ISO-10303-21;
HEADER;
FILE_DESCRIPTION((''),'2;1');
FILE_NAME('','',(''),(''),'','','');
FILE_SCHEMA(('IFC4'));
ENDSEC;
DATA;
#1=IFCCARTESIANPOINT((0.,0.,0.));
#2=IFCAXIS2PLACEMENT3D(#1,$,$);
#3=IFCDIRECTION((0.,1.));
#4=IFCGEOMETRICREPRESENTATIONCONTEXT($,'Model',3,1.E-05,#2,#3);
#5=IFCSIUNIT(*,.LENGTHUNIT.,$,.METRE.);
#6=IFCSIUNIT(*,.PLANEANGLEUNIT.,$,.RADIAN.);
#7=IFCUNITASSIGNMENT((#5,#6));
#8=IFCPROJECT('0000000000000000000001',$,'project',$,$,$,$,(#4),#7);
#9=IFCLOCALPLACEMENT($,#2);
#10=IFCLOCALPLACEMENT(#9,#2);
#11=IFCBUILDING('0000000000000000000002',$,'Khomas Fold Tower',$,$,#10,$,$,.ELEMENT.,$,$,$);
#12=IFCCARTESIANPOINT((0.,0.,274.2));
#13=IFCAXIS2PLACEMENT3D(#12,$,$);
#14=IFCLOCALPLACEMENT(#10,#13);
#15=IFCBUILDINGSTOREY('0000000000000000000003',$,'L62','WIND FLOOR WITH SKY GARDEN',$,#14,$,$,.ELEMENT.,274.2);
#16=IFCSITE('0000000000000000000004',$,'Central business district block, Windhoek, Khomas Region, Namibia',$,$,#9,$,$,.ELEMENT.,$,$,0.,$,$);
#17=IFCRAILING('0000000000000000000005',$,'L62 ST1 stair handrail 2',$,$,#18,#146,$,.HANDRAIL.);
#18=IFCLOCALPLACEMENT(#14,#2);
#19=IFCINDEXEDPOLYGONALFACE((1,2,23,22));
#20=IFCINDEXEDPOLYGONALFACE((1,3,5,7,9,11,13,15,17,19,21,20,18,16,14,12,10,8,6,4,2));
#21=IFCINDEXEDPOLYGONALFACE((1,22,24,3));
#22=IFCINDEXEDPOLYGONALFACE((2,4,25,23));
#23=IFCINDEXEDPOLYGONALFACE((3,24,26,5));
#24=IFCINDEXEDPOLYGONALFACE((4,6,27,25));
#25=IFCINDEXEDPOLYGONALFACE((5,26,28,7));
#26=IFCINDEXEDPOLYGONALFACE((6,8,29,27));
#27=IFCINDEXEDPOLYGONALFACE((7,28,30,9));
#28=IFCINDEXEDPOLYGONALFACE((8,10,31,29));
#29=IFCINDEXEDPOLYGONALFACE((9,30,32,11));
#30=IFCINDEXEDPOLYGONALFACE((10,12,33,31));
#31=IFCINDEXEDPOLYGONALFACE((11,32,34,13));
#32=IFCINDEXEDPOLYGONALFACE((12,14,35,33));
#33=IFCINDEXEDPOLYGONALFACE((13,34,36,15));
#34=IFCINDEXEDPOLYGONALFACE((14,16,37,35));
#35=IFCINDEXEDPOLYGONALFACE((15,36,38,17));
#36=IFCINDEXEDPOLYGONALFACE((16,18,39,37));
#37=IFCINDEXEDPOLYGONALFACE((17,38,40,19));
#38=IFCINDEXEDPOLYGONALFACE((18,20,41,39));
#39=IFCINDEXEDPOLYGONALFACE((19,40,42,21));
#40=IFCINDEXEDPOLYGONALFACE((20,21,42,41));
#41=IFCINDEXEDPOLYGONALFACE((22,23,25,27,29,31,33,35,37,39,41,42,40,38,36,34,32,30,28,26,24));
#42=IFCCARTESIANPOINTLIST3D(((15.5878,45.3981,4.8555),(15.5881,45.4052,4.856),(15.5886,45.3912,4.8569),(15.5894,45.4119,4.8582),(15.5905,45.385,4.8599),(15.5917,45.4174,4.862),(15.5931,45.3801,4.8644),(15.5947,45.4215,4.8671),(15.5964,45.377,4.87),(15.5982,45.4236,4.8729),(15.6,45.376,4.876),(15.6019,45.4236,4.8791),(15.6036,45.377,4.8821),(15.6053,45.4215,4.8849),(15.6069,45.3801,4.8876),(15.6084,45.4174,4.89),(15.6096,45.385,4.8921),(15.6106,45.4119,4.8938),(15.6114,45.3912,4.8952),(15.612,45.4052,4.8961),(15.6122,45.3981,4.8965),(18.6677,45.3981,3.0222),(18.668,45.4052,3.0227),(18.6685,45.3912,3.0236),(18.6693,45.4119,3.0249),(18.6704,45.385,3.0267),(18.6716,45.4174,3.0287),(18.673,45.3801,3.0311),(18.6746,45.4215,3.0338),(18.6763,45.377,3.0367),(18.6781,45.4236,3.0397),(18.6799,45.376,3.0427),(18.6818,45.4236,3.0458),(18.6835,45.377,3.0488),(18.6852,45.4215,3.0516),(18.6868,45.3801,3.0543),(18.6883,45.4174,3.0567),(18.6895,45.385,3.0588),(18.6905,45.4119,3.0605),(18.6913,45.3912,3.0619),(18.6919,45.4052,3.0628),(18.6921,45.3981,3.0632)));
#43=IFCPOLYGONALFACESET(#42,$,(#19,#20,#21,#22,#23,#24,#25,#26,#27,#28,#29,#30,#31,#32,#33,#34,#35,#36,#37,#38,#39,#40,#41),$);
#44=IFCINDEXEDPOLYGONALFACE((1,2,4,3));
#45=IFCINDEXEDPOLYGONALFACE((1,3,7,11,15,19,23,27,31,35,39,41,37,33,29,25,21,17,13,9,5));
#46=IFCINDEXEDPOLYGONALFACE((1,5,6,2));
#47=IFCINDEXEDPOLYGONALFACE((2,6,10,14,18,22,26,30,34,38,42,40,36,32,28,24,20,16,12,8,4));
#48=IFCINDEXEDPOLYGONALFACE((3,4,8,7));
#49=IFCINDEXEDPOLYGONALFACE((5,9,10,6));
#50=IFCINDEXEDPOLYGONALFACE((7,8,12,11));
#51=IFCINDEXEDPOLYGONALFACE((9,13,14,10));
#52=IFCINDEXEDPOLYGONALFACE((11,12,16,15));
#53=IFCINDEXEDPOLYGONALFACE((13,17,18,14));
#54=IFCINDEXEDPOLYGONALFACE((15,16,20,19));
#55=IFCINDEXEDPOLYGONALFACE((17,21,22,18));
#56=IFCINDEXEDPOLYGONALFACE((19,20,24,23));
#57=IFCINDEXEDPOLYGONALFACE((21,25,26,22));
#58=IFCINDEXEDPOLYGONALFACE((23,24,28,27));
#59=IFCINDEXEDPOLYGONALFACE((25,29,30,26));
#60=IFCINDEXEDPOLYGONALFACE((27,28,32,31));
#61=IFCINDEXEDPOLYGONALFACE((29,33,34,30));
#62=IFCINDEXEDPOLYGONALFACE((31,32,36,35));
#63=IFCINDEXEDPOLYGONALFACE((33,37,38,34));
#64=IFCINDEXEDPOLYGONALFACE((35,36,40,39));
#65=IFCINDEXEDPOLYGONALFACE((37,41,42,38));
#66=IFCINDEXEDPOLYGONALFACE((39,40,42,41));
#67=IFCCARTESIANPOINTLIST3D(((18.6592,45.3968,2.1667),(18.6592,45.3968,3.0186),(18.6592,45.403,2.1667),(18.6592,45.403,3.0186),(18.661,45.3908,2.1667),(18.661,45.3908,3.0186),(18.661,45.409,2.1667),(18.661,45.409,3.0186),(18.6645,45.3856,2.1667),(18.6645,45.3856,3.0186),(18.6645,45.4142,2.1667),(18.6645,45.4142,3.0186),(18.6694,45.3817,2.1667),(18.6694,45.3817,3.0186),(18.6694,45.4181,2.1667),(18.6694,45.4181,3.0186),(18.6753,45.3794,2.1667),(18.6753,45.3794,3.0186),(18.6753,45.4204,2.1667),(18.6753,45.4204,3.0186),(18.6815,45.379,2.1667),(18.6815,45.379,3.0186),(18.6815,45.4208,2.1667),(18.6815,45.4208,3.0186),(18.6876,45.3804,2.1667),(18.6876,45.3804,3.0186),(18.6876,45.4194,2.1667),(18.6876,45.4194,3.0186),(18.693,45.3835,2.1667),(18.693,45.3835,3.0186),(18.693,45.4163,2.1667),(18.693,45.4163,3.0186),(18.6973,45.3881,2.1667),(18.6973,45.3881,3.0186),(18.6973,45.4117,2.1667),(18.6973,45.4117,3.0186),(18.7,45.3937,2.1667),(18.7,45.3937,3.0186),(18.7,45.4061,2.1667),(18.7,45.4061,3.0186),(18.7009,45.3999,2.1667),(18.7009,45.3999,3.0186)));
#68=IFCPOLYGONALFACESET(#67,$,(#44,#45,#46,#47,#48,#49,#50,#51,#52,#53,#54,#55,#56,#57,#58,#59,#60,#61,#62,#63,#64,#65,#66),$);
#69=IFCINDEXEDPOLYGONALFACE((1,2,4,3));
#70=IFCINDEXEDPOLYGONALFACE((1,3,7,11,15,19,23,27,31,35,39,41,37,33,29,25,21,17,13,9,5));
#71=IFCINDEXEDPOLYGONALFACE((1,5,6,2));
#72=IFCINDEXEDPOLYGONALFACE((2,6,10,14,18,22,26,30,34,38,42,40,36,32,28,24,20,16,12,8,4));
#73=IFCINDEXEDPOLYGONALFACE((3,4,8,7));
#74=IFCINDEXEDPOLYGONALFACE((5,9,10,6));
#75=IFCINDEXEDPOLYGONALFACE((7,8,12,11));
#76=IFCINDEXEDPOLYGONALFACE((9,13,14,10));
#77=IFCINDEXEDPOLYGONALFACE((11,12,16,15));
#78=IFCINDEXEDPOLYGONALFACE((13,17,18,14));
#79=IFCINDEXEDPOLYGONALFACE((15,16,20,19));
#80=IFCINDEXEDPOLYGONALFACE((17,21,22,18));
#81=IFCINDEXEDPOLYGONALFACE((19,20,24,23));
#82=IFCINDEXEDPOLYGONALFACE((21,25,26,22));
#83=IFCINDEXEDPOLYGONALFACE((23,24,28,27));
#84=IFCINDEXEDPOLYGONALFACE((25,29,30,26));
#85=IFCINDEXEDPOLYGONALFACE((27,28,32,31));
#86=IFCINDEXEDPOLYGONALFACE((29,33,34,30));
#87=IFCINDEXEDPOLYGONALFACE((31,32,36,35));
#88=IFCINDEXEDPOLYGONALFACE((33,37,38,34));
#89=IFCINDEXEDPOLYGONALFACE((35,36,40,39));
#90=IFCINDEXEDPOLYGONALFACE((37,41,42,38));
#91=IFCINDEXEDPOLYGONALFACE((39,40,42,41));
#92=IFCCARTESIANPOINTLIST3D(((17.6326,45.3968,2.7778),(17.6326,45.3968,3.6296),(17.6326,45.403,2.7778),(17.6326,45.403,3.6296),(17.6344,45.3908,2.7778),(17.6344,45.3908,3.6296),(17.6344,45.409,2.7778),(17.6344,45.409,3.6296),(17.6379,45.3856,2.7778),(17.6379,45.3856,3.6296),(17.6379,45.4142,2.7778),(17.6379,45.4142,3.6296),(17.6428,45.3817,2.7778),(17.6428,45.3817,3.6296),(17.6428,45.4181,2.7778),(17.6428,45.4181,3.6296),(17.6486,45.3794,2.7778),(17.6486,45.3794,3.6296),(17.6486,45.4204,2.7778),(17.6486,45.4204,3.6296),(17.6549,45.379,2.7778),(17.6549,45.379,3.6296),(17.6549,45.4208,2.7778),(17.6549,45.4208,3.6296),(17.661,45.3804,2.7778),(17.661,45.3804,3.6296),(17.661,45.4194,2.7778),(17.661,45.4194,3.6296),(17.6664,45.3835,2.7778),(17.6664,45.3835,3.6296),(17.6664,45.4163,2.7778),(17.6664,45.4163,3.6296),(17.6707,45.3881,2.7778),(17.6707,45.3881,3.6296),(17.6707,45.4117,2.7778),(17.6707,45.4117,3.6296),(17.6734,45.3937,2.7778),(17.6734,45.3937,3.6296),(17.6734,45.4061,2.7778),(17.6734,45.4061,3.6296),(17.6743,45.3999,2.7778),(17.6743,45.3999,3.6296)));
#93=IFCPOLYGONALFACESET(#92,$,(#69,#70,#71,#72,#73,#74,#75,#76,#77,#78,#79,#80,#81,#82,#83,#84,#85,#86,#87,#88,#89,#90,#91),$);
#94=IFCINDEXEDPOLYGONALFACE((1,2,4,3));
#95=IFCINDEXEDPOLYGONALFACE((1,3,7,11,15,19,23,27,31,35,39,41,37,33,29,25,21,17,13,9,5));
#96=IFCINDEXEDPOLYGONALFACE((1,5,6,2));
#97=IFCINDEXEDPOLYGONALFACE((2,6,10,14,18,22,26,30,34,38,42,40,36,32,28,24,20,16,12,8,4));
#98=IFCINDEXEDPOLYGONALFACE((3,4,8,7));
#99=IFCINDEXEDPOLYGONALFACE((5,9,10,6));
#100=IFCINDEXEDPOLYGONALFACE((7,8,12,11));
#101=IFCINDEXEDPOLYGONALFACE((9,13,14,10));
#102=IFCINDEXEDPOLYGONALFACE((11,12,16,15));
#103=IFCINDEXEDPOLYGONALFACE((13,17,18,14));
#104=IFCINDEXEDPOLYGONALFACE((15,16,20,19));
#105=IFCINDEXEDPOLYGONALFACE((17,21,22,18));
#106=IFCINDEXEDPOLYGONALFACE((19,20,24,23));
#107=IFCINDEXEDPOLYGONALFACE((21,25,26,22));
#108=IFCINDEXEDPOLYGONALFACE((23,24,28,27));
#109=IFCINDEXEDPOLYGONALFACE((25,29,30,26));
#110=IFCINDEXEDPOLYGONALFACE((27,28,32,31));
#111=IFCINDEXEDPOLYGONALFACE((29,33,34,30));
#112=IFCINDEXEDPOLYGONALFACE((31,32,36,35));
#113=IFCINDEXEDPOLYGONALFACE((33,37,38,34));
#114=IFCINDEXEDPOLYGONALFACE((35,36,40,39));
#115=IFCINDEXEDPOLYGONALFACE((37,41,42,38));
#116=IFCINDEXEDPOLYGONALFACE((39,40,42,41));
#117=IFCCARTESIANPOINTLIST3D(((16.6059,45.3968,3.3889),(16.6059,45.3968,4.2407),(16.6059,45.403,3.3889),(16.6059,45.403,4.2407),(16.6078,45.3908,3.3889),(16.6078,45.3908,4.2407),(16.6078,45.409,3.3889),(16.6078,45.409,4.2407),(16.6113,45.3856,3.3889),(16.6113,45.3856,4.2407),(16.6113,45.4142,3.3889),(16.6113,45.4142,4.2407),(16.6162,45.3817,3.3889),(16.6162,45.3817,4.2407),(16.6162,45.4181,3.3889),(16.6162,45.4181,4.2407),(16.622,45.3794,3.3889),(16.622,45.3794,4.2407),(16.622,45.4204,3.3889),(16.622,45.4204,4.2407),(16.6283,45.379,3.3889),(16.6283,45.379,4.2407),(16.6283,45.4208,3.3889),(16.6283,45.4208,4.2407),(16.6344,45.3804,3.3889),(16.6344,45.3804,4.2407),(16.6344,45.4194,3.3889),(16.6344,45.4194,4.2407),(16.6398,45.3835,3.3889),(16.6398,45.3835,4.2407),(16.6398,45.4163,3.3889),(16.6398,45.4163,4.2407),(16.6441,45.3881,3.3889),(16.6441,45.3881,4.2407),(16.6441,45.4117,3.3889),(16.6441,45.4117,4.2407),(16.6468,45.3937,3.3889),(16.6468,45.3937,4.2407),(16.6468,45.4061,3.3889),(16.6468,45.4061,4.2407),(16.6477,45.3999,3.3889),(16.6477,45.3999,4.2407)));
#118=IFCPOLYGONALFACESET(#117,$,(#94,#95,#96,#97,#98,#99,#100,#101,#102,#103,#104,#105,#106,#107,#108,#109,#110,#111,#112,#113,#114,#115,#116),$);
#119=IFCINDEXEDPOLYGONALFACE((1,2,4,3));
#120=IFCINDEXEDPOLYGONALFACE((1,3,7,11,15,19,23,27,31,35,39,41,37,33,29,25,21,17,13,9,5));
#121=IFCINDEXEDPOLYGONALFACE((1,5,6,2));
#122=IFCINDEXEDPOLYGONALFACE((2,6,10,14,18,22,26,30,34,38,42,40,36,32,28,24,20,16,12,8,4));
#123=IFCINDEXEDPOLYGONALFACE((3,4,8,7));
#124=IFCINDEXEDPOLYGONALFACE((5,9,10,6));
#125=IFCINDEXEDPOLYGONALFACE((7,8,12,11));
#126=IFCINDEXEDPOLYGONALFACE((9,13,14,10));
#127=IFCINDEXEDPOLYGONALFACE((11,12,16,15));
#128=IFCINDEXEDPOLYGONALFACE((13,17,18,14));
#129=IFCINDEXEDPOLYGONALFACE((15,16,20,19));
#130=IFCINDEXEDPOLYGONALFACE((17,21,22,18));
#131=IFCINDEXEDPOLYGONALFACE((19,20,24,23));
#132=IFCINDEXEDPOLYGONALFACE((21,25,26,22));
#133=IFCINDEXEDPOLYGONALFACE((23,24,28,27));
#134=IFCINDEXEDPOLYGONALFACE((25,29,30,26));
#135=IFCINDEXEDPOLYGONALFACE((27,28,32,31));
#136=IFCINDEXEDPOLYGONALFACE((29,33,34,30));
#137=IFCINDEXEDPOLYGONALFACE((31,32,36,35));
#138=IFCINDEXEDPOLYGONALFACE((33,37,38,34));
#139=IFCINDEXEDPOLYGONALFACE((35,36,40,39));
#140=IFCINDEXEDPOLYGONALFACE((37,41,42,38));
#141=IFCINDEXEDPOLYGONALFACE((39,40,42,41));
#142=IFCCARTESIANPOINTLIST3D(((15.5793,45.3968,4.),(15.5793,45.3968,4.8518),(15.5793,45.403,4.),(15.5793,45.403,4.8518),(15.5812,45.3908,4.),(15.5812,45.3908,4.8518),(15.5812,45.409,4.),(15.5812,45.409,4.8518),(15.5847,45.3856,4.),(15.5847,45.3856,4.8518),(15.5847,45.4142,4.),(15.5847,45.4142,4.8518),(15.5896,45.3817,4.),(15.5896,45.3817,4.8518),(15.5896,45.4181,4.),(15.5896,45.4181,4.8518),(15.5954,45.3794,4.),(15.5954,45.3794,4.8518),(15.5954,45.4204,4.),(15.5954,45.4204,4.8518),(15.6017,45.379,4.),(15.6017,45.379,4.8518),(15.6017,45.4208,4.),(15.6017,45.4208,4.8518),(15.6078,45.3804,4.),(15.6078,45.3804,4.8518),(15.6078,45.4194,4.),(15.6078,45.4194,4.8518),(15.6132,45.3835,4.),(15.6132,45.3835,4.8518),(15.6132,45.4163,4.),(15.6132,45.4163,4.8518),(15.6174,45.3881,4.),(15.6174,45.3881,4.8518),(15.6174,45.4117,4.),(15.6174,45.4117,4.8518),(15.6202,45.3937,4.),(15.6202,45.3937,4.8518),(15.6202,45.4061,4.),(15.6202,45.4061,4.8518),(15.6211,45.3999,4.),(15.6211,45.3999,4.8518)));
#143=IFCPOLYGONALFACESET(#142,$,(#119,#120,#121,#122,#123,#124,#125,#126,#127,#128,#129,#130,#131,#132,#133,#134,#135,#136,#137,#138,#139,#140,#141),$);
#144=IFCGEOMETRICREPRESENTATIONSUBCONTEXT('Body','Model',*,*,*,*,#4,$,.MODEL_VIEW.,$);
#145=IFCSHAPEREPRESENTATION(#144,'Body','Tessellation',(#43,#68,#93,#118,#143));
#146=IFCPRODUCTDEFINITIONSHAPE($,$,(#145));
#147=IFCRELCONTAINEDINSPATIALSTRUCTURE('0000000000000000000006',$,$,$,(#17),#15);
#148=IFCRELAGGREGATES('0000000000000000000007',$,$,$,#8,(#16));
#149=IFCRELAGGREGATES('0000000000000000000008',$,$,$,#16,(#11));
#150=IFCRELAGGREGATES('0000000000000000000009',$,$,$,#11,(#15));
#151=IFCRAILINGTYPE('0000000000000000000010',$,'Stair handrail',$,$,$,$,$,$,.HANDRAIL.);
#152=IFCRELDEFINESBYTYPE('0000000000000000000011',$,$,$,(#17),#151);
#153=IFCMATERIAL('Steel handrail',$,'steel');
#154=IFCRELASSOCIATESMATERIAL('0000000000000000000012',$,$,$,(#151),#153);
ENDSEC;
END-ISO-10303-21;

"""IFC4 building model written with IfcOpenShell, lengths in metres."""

from ifc_helpers import new_model, si_unit, direction, frame, origin, origin_2d, place, context, subcontext, project, spatial, circle, extrude, source, transform, mapped, material, type_object, element, save


model = new_model("IFC4")

# Units and contexts
model_context = context("Model", 3, precision=1e-05, world=origin(), true_north=direction((0.0, 1.0)))
body_context = subcontext(model_context, "Body", "Model", "MODEL_VIEW")
ifc_project = project(units=[si_unit("LENGTHUNIT", "METRE"), si_unit("PLANEANGLEUNIT", "RADIAN")], contexts=[model_context])

# Site, building, storey
site_placement = place(None, origin())
site = spatial("IfcSite", under=ifc_project, at=site_placement, Name="Central business district block, Windhoek, Khomas Region, Namibia", CompositionType="ELEMENT", RefElevation=0.0)
building_placement = place(site_placement, origin())
building = spatial("IfcBuilding", under=site, at=building_placement, Name="Khomas Fold Tower", CompositionType="ELEMENT")
storey_placement = place(building_placement, frame((0.0, 0.0, 274.2)))
storey = spatial("IfcBuildingStorey", under=building, at=storey_placement, Name="L62", Description="WIND FLOOR WITH SKY GARDEN", CompositionType="ELEMENT", Elevation=274.2)

# Railing
ifc_material_1 = material(Name="Steel handrail", Category="steel")
railing_type_1 = type_object("IfcRailingType", Name="Stair handrail", PredefinedType="HANDRAIL", material=ifc_material_1)
shared_shape_1 = source(origin(), body_context, "Body", "SweptSolid", [
    extrude(circle(Radius=0.0239, at=origin_2d()), frame((0.0, 0.0, 0.876), z_axis=(-0.859291, 0.0, 0.511487), x_axis=(0.0, -1.0, 0.0)), (0.0, 0.0, 1.0), 3.5842),
    extrude(circle(Radius=0.021, at=origin_2d()), origin(), (0.0, 0.0, 1.0), 0.8518),
    extrude(circle(Radius=0.021, at=origin_2d()), frame((-1.0266, 0.0, 0.6111)), (0.0, 0.0, 1.0), 0.8518),
    extrude(circle(Radius=0.021, at=origin_2d()), frame((-2.0532, 0.0, 1.2222)), (0.0, 0.0, 1.0), 0.8518),
    extrude(circle(Radius=0.021, at=origin_2d()), frame((-3.0798, 0.0, 1.8333)), (0.0, 0.0, 1.0), 0.8518),
])
for number, where, name in (
    (1, (18.6799, 45.3999, 2.1667), "L62 ST1 stair handrail 2"),
):
    element("IfcRailing", number, at=place(storey_placement, frame(where)), inside=storey, type_object=railing_type_1, Name=name, PredefinedType="HANDRAIL", context=body_context, shape_type="MappedRepresentation", body=[
        mapped(shared_shape_1, transform((0.0, 0.0, 0.0))),
    ])

save(model, "model.ifc")
